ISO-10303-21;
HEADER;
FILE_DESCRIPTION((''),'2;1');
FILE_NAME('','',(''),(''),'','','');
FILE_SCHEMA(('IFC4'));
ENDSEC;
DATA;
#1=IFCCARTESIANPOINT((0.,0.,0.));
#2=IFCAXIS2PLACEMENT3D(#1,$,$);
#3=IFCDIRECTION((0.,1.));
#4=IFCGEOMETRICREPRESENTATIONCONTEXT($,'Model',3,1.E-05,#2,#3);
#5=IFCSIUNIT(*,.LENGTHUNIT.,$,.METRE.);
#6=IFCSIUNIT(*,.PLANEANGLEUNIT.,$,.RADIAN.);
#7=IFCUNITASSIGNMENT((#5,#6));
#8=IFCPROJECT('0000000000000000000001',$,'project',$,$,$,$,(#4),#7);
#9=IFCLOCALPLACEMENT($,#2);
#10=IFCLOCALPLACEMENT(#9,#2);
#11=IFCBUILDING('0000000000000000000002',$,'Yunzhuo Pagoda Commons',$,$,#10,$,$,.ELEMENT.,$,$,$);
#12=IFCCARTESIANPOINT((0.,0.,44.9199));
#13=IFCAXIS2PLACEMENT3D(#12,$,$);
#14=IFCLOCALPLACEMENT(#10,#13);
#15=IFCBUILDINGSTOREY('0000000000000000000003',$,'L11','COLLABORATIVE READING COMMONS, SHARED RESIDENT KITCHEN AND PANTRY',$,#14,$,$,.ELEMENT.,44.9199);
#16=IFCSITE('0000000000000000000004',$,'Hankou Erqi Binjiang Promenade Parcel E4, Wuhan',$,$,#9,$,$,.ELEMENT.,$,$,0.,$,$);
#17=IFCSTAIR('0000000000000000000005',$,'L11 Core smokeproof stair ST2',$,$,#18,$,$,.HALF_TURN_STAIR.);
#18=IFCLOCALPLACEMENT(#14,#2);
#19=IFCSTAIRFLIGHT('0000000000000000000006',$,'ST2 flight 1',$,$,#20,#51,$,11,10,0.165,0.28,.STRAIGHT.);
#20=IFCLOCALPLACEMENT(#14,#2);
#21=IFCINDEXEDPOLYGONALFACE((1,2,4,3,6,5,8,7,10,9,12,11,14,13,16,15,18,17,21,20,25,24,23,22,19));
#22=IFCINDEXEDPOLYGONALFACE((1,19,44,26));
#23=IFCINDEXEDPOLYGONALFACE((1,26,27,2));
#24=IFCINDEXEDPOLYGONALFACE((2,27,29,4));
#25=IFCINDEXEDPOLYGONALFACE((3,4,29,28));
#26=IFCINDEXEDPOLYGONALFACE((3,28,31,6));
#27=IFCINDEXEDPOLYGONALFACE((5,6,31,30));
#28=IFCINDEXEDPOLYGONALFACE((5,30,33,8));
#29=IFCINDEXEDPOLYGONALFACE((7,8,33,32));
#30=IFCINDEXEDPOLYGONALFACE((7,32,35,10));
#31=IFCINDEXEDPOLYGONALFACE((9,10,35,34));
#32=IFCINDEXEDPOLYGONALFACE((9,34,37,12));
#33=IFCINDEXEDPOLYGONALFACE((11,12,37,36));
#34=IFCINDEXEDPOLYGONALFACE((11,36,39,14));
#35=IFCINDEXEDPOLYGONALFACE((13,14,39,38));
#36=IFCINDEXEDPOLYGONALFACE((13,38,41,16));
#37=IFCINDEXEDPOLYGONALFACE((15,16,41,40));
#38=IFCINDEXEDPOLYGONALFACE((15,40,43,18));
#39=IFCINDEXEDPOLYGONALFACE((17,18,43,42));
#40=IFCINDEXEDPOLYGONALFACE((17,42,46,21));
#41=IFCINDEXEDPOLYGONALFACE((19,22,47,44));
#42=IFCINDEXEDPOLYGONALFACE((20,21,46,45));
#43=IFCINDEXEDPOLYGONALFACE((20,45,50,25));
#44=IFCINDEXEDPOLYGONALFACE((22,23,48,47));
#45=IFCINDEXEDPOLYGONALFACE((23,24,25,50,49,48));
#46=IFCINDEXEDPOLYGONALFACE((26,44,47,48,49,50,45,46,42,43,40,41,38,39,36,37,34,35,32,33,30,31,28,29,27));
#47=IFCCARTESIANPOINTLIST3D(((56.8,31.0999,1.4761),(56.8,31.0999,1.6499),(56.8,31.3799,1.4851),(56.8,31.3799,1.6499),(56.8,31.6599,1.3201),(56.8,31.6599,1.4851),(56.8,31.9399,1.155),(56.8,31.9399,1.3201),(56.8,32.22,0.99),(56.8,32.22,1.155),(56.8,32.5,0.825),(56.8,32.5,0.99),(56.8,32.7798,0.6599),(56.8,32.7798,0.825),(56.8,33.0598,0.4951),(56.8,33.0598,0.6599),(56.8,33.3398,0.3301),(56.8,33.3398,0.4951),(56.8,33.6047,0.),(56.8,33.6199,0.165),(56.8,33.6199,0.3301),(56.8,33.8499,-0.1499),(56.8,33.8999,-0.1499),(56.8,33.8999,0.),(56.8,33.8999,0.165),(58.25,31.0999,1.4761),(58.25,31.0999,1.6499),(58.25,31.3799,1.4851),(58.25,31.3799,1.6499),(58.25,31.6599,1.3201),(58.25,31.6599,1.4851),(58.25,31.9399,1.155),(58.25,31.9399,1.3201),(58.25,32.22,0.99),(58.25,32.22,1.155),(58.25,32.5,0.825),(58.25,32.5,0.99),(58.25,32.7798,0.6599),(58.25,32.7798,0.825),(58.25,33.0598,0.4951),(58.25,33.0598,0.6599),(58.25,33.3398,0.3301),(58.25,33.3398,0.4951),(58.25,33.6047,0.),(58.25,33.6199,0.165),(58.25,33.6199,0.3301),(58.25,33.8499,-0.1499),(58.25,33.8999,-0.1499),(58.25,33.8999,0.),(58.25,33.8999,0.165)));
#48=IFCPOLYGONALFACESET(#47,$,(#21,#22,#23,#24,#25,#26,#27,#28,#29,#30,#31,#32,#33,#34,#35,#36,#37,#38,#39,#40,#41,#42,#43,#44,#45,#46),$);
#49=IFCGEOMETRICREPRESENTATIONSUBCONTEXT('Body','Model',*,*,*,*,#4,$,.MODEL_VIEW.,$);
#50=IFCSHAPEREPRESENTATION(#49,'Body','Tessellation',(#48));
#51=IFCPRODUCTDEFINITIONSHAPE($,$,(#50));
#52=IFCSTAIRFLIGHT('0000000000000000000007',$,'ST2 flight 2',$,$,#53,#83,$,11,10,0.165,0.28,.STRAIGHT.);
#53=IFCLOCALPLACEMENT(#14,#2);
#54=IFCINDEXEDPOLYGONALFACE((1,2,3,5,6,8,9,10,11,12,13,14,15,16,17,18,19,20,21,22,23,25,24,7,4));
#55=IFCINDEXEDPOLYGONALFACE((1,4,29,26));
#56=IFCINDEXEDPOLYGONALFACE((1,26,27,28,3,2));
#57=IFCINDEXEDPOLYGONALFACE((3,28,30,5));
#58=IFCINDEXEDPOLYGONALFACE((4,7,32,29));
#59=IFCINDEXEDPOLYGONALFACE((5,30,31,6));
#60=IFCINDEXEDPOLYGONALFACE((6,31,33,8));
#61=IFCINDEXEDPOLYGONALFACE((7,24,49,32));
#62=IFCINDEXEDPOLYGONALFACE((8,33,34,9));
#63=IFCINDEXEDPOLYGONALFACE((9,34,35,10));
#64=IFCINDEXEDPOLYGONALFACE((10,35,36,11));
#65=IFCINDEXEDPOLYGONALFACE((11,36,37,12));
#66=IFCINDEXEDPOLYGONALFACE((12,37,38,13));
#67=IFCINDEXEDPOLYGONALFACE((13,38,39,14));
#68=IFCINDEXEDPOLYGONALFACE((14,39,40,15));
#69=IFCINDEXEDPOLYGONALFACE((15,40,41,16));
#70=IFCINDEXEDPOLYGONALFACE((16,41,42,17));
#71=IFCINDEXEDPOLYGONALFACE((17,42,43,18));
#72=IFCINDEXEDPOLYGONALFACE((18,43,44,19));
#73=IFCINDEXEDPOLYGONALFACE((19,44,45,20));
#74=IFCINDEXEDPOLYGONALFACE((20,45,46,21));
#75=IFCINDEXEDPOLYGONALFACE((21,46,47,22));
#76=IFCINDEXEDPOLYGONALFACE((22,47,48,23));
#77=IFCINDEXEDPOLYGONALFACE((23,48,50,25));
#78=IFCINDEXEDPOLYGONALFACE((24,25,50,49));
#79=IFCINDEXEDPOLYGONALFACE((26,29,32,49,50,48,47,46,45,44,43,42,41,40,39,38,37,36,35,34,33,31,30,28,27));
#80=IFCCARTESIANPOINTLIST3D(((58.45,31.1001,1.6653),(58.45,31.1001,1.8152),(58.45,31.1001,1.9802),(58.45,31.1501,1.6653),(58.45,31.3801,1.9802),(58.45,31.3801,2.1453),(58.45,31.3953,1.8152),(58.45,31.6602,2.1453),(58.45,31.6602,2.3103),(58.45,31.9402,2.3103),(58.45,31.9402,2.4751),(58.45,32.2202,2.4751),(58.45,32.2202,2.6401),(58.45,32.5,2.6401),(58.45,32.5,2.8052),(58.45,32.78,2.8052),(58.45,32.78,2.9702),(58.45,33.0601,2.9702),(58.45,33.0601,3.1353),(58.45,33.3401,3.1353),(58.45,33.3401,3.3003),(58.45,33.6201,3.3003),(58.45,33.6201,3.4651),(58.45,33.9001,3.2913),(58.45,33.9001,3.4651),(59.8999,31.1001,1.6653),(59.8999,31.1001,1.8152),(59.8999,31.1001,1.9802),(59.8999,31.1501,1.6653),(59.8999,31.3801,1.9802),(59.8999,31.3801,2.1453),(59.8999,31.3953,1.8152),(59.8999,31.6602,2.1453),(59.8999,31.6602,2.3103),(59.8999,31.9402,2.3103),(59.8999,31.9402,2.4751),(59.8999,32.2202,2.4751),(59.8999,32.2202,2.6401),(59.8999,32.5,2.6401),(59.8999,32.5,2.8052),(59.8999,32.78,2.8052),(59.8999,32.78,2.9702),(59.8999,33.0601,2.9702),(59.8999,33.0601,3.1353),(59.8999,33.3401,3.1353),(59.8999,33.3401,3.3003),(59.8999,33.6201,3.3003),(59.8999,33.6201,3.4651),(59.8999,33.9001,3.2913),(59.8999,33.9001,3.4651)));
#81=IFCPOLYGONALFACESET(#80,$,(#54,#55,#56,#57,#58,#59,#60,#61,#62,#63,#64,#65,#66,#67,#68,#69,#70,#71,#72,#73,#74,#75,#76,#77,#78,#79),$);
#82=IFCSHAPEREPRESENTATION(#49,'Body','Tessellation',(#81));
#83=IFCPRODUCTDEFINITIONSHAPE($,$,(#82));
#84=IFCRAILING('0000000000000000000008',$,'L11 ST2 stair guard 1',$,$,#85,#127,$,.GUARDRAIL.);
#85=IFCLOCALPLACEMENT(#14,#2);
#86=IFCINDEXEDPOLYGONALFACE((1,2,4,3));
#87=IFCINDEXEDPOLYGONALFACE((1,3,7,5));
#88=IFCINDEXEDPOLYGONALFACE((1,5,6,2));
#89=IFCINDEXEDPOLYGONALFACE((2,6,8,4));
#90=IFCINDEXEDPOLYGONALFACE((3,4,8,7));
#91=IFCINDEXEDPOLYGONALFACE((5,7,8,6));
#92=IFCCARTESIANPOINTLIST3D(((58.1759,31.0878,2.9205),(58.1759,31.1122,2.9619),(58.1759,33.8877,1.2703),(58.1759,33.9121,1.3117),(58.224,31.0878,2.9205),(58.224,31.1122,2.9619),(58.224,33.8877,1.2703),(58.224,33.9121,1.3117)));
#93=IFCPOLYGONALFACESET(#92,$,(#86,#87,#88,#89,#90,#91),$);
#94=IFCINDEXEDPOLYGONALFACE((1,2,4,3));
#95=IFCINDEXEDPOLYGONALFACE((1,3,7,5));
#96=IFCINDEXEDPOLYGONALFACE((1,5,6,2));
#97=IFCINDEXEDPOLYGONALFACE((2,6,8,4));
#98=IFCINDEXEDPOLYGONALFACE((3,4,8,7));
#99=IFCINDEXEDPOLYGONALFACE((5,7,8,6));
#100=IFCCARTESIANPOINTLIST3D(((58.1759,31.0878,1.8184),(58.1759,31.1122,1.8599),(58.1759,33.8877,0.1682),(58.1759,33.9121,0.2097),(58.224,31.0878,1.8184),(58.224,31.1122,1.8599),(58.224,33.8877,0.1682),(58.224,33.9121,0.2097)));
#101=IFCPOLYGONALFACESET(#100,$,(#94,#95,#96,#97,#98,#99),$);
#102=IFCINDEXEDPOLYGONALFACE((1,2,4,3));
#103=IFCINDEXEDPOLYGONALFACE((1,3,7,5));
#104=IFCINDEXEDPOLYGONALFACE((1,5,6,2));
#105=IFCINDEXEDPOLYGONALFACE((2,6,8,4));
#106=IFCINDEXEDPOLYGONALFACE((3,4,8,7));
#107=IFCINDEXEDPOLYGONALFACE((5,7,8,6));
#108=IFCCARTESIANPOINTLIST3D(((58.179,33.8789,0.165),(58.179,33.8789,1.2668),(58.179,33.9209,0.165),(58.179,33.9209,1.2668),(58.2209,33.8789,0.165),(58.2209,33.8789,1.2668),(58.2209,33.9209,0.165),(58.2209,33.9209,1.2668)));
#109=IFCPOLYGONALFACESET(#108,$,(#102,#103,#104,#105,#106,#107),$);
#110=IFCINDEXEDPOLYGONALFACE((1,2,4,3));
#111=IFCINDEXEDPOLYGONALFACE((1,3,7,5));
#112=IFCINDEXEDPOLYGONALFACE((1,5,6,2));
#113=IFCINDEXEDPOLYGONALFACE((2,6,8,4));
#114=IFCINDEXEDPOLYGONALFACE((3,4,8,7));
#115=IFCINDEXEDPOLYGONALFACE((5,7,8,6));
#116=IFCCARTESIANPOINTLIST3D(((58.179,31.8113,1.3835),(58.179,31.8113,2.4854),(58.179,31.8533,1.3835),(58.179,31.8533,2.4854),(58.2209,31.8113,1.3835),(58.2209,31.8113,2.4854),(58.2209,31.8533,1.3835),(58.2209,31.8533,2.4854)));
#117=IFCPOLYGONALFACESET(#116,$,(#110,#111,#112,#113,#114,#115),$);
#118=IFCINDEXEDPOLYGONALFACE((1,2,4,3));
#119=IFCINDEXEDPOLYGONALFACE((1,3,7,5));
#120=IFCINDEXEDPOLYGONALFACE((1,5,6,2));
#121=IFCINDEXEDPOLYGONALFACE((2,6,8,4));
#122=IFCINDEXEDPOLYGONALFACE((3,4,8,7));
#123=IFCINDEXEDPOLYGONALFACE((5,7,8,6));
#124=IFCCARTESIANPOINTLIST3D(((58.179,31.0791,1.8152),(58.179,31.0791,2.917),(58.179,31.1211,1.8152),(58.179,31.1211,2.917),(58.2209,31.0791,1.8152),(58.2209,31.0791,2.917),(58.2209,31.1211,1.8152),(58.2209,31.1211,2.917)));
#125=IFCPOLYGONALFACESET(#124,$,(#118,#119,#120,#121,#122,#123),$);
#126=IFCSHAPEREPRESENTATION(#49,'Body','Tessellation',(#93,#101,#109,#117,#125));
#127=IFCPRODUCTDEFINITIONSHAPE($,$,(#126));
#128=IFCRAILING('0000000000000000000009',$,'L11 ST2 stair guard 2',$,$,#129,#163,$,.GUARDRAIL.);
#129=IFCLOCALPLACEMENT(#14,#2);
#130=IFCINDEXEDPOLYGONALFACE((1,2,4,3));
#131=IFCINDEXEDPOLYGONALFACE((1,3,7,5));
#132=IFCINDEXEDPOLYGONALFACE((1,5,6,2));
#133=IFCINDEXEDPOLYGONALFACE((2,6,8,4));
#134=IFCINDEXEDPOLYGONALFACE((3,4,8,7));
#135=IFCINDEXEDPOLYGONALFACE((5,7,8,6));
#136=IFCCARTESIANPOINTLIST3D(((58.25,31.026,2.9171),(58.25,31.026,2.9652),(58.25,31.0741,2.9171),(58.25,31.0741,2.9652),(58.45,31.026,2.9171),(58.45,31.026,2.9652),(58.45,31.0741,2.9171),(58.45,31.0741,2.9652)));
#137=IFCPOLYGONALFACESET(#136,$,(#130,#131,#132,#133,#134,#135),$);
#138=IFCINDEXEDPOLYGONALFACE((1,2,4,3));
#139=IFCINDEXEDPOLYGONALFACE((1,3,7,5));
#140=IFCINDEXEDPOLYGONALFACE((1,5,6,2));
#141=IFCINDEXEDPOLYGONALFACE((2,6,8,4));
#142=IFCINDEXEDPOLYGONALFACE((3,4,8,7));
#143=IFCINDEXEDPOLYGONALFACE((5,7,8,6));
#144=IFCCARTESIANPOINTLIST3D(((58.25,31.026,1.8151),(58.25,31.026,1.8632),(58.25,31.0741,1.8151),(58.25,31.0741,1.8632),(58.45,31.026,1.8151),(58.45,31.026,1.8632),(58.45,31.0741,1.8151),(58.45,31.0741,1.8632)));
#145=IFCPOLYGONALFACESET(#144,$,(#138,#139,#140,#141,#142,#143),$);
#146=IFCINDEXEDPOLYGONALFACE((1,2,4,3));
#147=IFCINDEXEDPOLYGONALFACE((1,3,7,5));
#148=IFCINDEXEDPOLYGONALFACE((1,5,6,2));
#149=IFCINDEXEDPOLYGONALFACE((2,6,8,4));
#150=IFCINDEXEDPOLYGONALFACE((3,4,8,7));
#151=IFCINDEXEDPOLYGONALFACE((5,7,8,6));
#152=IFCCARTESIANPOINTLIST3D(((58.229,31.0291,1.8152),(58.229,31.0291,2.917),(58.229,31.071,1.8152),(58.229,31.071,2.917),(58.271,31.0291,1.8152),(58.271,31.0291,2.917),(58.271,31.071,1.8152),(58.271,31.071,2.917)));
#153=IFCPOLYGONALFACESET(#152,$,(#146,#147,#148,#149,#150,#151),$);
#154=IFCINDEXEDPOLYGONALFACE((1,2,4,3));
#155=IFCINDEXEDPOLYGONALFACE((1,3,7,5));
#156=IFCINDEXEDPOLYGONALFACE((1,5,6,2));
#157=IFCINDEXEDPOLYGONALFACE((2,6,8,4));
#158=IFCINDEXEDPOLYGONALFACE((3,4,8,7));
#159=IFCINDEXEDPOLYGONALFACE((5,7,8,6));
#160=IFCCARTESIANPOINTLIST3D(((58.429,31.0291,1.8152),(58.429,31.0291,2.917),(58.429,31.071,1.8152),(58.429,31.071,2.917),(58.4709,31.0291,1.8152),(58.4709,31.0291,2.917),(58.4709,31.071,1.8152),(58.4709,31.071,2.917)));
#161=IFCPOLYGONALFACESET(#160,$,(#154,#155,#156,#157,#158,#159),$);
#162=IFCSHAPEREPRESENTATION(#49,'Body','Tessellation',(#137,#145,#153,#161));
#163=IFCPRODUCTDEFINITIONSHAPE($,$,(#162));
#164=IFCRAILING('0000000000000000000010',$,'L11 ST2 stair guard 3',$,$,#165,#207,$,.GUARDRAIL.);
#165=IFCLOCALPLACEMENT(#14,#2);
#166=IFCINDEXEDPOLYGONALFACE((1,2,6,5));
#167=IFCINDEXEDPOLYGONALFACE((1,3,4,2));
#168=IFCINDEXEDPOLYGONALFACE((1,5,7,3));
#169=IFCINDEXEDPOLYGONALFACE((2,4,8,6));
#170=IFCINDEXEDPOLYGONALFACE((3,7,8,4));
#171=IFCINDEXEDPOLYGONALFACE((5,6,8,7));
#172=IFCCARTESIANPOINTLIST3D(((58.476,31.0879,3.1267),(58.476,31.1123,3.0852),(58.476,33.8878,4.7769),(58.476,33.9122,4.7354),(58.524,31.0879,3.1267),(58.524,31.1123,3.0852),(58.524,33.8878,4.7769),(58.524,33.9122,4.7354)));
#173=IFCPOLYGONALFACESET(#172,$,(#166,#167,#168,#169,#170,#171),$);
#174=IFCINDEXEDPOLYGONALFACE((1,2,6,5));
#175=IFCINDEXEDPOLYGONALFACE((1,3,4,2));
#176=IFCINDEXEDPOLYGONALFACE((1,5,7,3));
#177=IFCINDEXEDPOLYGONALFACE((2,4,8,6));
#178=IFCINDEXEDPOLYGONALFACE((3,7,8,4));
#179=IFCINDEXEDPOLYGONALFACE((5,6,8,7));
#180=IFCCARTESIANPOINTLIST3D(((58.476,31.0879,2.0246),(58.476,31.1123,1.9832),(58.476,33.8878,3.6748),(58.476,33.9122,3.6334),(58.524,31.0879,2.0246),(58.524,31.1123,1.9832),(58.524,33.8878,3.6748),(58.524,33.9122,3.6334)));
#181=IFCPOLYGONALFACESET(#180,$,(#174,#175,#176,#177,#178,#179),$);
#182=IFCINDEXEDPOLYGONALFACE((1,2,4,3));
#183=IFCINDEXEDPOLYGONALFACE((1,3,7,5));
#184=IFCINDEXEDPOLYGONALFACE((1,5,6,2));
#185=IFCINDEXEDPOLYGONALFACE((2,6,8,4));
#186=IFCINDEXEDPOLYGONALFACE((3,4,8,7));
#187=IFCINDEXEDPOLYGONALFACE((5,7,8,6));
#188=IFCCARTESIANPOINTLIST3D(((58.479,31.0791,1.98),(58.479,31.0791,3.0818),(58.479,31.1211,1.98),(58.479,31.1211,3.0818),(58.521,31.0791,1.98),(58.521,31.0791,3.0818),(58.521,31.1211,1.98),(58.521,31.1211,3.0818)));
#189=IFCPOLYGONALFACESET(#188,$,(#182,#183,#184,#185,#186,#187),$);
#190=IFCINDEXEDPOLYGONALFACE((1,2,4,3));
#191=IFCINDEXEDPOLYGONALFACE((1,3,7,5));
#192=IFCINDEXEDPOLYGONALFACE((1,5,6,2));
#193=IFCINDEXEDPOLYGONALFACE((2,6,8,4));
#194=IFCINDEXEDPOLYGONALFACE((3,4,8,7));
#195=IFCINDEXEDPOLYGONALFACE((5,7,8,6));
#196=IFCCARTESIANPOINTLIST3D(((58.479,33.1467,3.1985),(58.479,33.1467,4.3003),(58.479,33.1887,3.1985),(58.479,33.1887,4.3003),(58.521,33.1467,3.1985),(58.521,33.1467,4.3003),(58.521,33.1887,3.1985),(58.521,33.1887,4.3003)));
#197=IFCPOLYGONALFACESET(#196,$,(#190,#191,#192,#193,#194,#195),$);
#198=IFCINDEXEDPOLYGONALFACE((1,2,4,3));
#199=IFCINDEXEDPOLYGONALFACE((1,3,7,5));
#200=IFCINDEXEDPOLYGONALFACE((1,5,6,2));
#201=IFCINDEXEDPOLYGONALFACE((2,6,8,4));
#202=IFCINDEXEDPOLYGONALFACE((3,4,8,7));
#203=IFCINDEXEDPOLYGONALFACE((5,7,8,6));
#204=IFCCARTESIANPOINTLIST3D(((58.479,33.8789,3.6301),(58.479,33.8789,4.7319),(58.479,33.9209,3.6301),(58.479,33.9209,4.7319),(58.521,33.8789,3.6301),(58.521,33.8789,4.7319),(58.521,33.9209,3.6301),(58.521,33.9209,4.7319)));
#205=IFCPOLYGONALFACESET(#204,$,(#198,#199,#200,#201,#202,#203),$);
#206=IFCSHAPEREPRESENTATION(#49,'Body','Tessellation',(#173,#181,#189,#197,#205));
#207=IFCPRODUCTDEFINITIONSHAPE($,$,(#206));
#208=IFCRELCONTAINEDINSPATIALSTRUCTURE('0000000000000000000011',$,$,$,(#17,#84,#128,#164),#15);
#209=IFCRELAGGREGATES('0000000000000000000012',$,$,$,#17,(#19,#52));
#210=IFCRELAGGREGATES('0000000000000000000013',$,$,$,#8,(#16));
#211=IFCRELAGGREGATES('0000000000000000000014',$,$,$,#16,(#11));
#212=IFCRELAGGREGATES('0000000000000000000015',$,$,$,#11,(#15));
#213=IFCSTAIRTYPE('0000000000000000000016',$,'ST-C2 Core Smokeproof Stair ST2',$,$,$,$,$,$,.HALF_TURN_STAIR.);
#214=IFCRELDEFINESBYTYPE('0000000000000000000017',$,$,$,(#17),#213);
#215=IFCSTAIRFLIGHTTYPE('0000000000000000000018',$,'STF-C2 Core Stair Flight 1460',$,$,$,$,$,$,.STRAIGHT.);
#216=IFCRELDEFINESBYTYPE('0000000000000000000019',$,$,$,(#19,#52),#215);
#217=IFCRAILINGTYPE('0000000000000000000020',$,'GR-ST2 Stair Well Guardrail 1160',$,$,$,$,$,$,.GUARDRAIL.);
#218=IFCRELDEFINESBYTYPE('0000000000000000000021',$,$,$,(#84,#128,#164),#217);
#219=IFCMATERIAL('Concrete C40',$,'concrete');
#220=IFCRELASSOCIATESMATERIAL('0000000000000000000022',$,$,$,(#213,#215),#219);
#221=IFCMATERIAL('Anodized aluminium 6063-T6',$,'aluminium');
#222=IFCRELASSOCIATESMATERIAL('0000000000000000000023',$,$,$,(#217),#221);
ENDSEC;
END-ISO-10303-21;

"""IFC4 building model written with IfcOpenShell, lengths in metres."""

from ifc_helpers import new_model, si_unit, direction, frame, origin, origin_2d, place, context, subcontext, project, spatial, polyline, rectangle, outline, extrude, source, transform, mapped, material, type_object, element, aggregate, save


model = new_model("IFC4")

# Units and contexts
model_context = context("Model", 3, precision=1e-05, world=origin(), true_north=direction((0.0, 1.0)))
body_context = subcontext(model_context, "Body", "Model", "MODEL_VIEW")
ifc_project = project(units=[si_unit("LENGTHUNIT", "METRE"), si_unit("PLANEANGLEUNIT", "RADIAN")], contexts=[model_context])

# Site, building, storey
site_placement = place(None, origin())
site = spatial("IfcSite", under=ifc_project, at=site_placement, Name="Hankou Erqi Binjiang Promenade Parcel E4, Wuhan", CompositionType="ELEMENT", RefElevation=0.0)
building_placement = place(site_placement, origin())
building = spatial("IfcBuilding", under=site, at=building_placement, Name="Yunzhuo Pagoda Commons", CompositionType="ELEMENT")
storey_placement = place(building_placement, frame((0.0, 0.0, 44.9199)))
storey = spatial("IfcBuildingStorey", under=building, at=storey_placement, Name="L11", Description="COLLABORATIVE READING COMMONS, SHARED RESIDENT KITCHEN AND PANTRY", CompositionType="ELEMENT", Elevation=44.9199)

# Shared definitions
ifc_material_1 = material(Name="Concrete C40", Category="concrete")

# Stair, stair flights
stair_type = type_object("IfcStairType", Name="ST-C2 Core Smokeproof Stair ST2", PredefinedType="HALF_TURN_STAIR", material=ifc_material_1)
stair_placement = place(storey_placement, origin())
stair = element("IfcStair", 1, at=stair_placement, inside=storey, type_object=stair_type, Name="L11 Core smokeproof stair ST2", PredefinedType="HALF_TURN_STAIR")
stair_flight_type = type_object("IfcStairFlightType", Name="STF-C2 Core Stair Flight 1460", PredefinedType="STRAIGHT", material=ifc_material_1)
shared_shape_1 = source(origin(), body_context, "Body", "SweptSolid", [
    extrude(outline(polyline([(0.0, -0.1499), (0.0, 0.0), (0.0, 0.165), (0.28, 0.165), (0.28, 0.3301), (0.5601, 0.3301), (0.5601, 0.4951), (0.8401, 0.4951), (0.8401, 0.6599), (1.1201, 0.6599), (1.1201, 0.825), (1.3999, 0.825), (1.3999, 0.99), (1.6799, 0.99), (1.6799, 1.155), (1.96, 1.155), (1.96, 1.3201), (2.24, 1.3201), (2.24, 1.4851), (2.52, 1.4851), (2.52, 1.6499), (2.8, 1.6499), (2.8, 1.8149), (2.8, 1.4761), (0.2952, 0.0), (0.05, -0.1499), (0.0, -0.1499)])), frame((0.0, 0.7251, 0.0), z_axis=(0.0, -1.0, 0.0), x_axis=(1.0, 0.0, 0.0)), (0.0, 0.0, 1.0), 1.45),
])
stair_flight_1_placement = place(storey_placement, frame((57.5249, 33.8999, 0.0), z_axis=(0.0, 0.0, 1.0), x_axis=(0.0, -1.0, 0.0)))
stair_flight_1 = element("IfcStairFlight", 2, at=stair_flight_1_placement, type_object=stair_flight_type, Name="ST2 flight 1", NumberOfRisers=11, NumberOfTreads=10, PredefinedType="STRAIGHT", RiserHeight=0.165, TreadLength=0.28, context=body_context, shape_type="MappedRepresentation", body=[
    mapped(shared_shape_1, transform((0.0, 0.0, 0.0), scale=1.0)),
])
stair_flight_2_placement = place(storey_placement, frame((59.175, 31.1001, 1.8152), z_axis=(0.0, 0.0, 1.0), x_axis=(0.0, 1.0, 0.0)))
stair_flight_2 = element("IfcStairFlight", 3, at=stair_flight_2_placement, type_object=stair_flight_type, Name="ST2 flight 2", NumberOfRisers=11, NumberOfTreads=10, PredefinedType="STRAIGHT", RiserHeight=0.165, TreadLength=0.28, context=body_context, shape_type="MappedRepresentation", body=[
    mapped(shared_shape_1, transform((0.0, 0.0, 0.0), scale=1.0)),
])
aggregate(stair, [stair_flight_1, stair_flight_2])

# Railings
ifc_material_2 = material(Name="Anodized aluminium 6063-T6", Category="aluminium")
railing_type_1 = type_object("IfcRailingType", Name="GR-ST2 Stair Well Guardrail 1160", PredefinedType="GUARDRAIL", material=ifc_material_2)
railing_1_placement = place(storey_placement, frame((58.2, 33.8999, 0.165)))
element("IfcRailing", 4, at=railing_1_placement, inside=storey, type_object=railing_type_1, Name="L11 ST2 stair guard 1", PredefinedType="GUARDRAIL", context=body_context, shape_type="SweptSolid", body=[
    extrude(rectangle(XDim=0.0481, YDim=0.0481, at=origin_2d()), frame((0.0, 0.0, 1.126), z_axis=(0.0, -0.861503, 0.507752), x_axis=(1.0, 0.0, 0.0)), (0.0, 0.0, 1.0), 3.25),
    extrude(rectangle(XDim=0.0481, YDim=0.0481, at=origin_2d()), frame((0.0, 0.0, 0.0239), z_axis=(0.0, -0.861503, 0.507752), x_axis=(1.0, 0.0, 0.0)), (0.0, 0.0, 1.0), 3.25),
    extrude(rectangle(XDim=0.042, YDim=0.042, at=origin_2d()), origin(), (0.0, 0.0, 1.0), 1.1018),
    extrude(rectangle(XDim=0.042, YDim=0.042, at=origin_2d()), frame((0.0, -2.0676, 1.2185)), (0.0, 0.0, 1.0), 1.1018),
    extrude(rectangle(XDim=0.042, YDim=0.042, at=origin_2d()), frame((0.0, -2.7998, 1.6501)), (0.0, 0.0, 1.0), 1.1018),
])
railing_2_placement = place(storey_placement, frame((58.25, 31.05, 1.8152)))
element("IfcRailing", 5, at=railing_2_placement, inside=storey, type_object=railing_type_1, Name="L11 ST2 stair guard 2", PredefinedType="GUARDRAIL", context=body_context, shape_type="SweptSolid", body=[
    extrude(rectangle(XDim=0.0481, YDim=0.0481, at=origin_2d()), frame((0.0, 0.0, 1.126), z_axis=(1.0, 0.0, 0.0), x_axis=(0.0, 1.0, 0.0)), (0.0, 0.0, 1.0), 0.2),
    extrude(rectangle(XDim=0.0481, YDim=0.0481, at=origin_2d()), frame((0.0, 0.0, 0.0239), z_axis=(1.0, 0.0, 0.0), x_axis=(0.0, 1.0, 0.0)), (0.0, 0.0, 1.0), 0.2),
    extrude(rectangle(XDim=0.042, YDim=0.042, at=origin_2d()), origin(), (0.0, 0.0, 1.0), 1.1018),
    extrude(rectangle(XDim=0.042, YDim=0.042, at=origin_2d()), frame((0.2, 0.0, 0.0)), (0.0, 0.0, 1.0), 1.1018),
])
railing_3_placement = place(storey_placement, frame((58.5, 31.1001, 1.98)))
element("IfcRailing", 6, at=railing_3_placement, inside=storey, type_object=railing_type_1, Name="L11 ST2 stair guard 3", PredefinedType="GUARDRAIL", context=body_context, shape_type="SweptSolid", body=[
    extrude(rectangle(XDim=0.0481, YDim=0.0481, at=origin_2d()), frame((0.0, 0.0, 1.126), z_axis=(0.0, 0.861503, 0.507752), x_axis=(-1.0, 0.0, 0.0)), (0.0, 0.0, 1.0), 3.25),
    extrude(rectangle(XDim=0.0481, YDim=0.0481, at=origin_2d()), frame((0.0, 0.0, 0.0239), z_axis=(0.0, 0.861503, 0.507752), x_axis=(-1.0, 0.0, 0.0)), (0.0, 0.0, 1.0), 3.25),
    extrude(rectangle(XDim=0.042, YDim=0.042, at=origin_2d()), origin(), (0.0, 0.0, 1.0), 1.1018),
    extrude(rectangle(XDim=0.042, YDim=0.042, at=origin_2d()), frame((0.0, 2.0676, 1.2185)), (0.0, 0.0, 1.0), 1.1018),
    extrude(rectangle(XDim=0.042, YDim=0.042, at=origin_2d()), frame((0.0, 2.7998, 1.6501)), (0.0, 0.0, 1.0), 1.1018),
])

save(model, "model.ifc")
